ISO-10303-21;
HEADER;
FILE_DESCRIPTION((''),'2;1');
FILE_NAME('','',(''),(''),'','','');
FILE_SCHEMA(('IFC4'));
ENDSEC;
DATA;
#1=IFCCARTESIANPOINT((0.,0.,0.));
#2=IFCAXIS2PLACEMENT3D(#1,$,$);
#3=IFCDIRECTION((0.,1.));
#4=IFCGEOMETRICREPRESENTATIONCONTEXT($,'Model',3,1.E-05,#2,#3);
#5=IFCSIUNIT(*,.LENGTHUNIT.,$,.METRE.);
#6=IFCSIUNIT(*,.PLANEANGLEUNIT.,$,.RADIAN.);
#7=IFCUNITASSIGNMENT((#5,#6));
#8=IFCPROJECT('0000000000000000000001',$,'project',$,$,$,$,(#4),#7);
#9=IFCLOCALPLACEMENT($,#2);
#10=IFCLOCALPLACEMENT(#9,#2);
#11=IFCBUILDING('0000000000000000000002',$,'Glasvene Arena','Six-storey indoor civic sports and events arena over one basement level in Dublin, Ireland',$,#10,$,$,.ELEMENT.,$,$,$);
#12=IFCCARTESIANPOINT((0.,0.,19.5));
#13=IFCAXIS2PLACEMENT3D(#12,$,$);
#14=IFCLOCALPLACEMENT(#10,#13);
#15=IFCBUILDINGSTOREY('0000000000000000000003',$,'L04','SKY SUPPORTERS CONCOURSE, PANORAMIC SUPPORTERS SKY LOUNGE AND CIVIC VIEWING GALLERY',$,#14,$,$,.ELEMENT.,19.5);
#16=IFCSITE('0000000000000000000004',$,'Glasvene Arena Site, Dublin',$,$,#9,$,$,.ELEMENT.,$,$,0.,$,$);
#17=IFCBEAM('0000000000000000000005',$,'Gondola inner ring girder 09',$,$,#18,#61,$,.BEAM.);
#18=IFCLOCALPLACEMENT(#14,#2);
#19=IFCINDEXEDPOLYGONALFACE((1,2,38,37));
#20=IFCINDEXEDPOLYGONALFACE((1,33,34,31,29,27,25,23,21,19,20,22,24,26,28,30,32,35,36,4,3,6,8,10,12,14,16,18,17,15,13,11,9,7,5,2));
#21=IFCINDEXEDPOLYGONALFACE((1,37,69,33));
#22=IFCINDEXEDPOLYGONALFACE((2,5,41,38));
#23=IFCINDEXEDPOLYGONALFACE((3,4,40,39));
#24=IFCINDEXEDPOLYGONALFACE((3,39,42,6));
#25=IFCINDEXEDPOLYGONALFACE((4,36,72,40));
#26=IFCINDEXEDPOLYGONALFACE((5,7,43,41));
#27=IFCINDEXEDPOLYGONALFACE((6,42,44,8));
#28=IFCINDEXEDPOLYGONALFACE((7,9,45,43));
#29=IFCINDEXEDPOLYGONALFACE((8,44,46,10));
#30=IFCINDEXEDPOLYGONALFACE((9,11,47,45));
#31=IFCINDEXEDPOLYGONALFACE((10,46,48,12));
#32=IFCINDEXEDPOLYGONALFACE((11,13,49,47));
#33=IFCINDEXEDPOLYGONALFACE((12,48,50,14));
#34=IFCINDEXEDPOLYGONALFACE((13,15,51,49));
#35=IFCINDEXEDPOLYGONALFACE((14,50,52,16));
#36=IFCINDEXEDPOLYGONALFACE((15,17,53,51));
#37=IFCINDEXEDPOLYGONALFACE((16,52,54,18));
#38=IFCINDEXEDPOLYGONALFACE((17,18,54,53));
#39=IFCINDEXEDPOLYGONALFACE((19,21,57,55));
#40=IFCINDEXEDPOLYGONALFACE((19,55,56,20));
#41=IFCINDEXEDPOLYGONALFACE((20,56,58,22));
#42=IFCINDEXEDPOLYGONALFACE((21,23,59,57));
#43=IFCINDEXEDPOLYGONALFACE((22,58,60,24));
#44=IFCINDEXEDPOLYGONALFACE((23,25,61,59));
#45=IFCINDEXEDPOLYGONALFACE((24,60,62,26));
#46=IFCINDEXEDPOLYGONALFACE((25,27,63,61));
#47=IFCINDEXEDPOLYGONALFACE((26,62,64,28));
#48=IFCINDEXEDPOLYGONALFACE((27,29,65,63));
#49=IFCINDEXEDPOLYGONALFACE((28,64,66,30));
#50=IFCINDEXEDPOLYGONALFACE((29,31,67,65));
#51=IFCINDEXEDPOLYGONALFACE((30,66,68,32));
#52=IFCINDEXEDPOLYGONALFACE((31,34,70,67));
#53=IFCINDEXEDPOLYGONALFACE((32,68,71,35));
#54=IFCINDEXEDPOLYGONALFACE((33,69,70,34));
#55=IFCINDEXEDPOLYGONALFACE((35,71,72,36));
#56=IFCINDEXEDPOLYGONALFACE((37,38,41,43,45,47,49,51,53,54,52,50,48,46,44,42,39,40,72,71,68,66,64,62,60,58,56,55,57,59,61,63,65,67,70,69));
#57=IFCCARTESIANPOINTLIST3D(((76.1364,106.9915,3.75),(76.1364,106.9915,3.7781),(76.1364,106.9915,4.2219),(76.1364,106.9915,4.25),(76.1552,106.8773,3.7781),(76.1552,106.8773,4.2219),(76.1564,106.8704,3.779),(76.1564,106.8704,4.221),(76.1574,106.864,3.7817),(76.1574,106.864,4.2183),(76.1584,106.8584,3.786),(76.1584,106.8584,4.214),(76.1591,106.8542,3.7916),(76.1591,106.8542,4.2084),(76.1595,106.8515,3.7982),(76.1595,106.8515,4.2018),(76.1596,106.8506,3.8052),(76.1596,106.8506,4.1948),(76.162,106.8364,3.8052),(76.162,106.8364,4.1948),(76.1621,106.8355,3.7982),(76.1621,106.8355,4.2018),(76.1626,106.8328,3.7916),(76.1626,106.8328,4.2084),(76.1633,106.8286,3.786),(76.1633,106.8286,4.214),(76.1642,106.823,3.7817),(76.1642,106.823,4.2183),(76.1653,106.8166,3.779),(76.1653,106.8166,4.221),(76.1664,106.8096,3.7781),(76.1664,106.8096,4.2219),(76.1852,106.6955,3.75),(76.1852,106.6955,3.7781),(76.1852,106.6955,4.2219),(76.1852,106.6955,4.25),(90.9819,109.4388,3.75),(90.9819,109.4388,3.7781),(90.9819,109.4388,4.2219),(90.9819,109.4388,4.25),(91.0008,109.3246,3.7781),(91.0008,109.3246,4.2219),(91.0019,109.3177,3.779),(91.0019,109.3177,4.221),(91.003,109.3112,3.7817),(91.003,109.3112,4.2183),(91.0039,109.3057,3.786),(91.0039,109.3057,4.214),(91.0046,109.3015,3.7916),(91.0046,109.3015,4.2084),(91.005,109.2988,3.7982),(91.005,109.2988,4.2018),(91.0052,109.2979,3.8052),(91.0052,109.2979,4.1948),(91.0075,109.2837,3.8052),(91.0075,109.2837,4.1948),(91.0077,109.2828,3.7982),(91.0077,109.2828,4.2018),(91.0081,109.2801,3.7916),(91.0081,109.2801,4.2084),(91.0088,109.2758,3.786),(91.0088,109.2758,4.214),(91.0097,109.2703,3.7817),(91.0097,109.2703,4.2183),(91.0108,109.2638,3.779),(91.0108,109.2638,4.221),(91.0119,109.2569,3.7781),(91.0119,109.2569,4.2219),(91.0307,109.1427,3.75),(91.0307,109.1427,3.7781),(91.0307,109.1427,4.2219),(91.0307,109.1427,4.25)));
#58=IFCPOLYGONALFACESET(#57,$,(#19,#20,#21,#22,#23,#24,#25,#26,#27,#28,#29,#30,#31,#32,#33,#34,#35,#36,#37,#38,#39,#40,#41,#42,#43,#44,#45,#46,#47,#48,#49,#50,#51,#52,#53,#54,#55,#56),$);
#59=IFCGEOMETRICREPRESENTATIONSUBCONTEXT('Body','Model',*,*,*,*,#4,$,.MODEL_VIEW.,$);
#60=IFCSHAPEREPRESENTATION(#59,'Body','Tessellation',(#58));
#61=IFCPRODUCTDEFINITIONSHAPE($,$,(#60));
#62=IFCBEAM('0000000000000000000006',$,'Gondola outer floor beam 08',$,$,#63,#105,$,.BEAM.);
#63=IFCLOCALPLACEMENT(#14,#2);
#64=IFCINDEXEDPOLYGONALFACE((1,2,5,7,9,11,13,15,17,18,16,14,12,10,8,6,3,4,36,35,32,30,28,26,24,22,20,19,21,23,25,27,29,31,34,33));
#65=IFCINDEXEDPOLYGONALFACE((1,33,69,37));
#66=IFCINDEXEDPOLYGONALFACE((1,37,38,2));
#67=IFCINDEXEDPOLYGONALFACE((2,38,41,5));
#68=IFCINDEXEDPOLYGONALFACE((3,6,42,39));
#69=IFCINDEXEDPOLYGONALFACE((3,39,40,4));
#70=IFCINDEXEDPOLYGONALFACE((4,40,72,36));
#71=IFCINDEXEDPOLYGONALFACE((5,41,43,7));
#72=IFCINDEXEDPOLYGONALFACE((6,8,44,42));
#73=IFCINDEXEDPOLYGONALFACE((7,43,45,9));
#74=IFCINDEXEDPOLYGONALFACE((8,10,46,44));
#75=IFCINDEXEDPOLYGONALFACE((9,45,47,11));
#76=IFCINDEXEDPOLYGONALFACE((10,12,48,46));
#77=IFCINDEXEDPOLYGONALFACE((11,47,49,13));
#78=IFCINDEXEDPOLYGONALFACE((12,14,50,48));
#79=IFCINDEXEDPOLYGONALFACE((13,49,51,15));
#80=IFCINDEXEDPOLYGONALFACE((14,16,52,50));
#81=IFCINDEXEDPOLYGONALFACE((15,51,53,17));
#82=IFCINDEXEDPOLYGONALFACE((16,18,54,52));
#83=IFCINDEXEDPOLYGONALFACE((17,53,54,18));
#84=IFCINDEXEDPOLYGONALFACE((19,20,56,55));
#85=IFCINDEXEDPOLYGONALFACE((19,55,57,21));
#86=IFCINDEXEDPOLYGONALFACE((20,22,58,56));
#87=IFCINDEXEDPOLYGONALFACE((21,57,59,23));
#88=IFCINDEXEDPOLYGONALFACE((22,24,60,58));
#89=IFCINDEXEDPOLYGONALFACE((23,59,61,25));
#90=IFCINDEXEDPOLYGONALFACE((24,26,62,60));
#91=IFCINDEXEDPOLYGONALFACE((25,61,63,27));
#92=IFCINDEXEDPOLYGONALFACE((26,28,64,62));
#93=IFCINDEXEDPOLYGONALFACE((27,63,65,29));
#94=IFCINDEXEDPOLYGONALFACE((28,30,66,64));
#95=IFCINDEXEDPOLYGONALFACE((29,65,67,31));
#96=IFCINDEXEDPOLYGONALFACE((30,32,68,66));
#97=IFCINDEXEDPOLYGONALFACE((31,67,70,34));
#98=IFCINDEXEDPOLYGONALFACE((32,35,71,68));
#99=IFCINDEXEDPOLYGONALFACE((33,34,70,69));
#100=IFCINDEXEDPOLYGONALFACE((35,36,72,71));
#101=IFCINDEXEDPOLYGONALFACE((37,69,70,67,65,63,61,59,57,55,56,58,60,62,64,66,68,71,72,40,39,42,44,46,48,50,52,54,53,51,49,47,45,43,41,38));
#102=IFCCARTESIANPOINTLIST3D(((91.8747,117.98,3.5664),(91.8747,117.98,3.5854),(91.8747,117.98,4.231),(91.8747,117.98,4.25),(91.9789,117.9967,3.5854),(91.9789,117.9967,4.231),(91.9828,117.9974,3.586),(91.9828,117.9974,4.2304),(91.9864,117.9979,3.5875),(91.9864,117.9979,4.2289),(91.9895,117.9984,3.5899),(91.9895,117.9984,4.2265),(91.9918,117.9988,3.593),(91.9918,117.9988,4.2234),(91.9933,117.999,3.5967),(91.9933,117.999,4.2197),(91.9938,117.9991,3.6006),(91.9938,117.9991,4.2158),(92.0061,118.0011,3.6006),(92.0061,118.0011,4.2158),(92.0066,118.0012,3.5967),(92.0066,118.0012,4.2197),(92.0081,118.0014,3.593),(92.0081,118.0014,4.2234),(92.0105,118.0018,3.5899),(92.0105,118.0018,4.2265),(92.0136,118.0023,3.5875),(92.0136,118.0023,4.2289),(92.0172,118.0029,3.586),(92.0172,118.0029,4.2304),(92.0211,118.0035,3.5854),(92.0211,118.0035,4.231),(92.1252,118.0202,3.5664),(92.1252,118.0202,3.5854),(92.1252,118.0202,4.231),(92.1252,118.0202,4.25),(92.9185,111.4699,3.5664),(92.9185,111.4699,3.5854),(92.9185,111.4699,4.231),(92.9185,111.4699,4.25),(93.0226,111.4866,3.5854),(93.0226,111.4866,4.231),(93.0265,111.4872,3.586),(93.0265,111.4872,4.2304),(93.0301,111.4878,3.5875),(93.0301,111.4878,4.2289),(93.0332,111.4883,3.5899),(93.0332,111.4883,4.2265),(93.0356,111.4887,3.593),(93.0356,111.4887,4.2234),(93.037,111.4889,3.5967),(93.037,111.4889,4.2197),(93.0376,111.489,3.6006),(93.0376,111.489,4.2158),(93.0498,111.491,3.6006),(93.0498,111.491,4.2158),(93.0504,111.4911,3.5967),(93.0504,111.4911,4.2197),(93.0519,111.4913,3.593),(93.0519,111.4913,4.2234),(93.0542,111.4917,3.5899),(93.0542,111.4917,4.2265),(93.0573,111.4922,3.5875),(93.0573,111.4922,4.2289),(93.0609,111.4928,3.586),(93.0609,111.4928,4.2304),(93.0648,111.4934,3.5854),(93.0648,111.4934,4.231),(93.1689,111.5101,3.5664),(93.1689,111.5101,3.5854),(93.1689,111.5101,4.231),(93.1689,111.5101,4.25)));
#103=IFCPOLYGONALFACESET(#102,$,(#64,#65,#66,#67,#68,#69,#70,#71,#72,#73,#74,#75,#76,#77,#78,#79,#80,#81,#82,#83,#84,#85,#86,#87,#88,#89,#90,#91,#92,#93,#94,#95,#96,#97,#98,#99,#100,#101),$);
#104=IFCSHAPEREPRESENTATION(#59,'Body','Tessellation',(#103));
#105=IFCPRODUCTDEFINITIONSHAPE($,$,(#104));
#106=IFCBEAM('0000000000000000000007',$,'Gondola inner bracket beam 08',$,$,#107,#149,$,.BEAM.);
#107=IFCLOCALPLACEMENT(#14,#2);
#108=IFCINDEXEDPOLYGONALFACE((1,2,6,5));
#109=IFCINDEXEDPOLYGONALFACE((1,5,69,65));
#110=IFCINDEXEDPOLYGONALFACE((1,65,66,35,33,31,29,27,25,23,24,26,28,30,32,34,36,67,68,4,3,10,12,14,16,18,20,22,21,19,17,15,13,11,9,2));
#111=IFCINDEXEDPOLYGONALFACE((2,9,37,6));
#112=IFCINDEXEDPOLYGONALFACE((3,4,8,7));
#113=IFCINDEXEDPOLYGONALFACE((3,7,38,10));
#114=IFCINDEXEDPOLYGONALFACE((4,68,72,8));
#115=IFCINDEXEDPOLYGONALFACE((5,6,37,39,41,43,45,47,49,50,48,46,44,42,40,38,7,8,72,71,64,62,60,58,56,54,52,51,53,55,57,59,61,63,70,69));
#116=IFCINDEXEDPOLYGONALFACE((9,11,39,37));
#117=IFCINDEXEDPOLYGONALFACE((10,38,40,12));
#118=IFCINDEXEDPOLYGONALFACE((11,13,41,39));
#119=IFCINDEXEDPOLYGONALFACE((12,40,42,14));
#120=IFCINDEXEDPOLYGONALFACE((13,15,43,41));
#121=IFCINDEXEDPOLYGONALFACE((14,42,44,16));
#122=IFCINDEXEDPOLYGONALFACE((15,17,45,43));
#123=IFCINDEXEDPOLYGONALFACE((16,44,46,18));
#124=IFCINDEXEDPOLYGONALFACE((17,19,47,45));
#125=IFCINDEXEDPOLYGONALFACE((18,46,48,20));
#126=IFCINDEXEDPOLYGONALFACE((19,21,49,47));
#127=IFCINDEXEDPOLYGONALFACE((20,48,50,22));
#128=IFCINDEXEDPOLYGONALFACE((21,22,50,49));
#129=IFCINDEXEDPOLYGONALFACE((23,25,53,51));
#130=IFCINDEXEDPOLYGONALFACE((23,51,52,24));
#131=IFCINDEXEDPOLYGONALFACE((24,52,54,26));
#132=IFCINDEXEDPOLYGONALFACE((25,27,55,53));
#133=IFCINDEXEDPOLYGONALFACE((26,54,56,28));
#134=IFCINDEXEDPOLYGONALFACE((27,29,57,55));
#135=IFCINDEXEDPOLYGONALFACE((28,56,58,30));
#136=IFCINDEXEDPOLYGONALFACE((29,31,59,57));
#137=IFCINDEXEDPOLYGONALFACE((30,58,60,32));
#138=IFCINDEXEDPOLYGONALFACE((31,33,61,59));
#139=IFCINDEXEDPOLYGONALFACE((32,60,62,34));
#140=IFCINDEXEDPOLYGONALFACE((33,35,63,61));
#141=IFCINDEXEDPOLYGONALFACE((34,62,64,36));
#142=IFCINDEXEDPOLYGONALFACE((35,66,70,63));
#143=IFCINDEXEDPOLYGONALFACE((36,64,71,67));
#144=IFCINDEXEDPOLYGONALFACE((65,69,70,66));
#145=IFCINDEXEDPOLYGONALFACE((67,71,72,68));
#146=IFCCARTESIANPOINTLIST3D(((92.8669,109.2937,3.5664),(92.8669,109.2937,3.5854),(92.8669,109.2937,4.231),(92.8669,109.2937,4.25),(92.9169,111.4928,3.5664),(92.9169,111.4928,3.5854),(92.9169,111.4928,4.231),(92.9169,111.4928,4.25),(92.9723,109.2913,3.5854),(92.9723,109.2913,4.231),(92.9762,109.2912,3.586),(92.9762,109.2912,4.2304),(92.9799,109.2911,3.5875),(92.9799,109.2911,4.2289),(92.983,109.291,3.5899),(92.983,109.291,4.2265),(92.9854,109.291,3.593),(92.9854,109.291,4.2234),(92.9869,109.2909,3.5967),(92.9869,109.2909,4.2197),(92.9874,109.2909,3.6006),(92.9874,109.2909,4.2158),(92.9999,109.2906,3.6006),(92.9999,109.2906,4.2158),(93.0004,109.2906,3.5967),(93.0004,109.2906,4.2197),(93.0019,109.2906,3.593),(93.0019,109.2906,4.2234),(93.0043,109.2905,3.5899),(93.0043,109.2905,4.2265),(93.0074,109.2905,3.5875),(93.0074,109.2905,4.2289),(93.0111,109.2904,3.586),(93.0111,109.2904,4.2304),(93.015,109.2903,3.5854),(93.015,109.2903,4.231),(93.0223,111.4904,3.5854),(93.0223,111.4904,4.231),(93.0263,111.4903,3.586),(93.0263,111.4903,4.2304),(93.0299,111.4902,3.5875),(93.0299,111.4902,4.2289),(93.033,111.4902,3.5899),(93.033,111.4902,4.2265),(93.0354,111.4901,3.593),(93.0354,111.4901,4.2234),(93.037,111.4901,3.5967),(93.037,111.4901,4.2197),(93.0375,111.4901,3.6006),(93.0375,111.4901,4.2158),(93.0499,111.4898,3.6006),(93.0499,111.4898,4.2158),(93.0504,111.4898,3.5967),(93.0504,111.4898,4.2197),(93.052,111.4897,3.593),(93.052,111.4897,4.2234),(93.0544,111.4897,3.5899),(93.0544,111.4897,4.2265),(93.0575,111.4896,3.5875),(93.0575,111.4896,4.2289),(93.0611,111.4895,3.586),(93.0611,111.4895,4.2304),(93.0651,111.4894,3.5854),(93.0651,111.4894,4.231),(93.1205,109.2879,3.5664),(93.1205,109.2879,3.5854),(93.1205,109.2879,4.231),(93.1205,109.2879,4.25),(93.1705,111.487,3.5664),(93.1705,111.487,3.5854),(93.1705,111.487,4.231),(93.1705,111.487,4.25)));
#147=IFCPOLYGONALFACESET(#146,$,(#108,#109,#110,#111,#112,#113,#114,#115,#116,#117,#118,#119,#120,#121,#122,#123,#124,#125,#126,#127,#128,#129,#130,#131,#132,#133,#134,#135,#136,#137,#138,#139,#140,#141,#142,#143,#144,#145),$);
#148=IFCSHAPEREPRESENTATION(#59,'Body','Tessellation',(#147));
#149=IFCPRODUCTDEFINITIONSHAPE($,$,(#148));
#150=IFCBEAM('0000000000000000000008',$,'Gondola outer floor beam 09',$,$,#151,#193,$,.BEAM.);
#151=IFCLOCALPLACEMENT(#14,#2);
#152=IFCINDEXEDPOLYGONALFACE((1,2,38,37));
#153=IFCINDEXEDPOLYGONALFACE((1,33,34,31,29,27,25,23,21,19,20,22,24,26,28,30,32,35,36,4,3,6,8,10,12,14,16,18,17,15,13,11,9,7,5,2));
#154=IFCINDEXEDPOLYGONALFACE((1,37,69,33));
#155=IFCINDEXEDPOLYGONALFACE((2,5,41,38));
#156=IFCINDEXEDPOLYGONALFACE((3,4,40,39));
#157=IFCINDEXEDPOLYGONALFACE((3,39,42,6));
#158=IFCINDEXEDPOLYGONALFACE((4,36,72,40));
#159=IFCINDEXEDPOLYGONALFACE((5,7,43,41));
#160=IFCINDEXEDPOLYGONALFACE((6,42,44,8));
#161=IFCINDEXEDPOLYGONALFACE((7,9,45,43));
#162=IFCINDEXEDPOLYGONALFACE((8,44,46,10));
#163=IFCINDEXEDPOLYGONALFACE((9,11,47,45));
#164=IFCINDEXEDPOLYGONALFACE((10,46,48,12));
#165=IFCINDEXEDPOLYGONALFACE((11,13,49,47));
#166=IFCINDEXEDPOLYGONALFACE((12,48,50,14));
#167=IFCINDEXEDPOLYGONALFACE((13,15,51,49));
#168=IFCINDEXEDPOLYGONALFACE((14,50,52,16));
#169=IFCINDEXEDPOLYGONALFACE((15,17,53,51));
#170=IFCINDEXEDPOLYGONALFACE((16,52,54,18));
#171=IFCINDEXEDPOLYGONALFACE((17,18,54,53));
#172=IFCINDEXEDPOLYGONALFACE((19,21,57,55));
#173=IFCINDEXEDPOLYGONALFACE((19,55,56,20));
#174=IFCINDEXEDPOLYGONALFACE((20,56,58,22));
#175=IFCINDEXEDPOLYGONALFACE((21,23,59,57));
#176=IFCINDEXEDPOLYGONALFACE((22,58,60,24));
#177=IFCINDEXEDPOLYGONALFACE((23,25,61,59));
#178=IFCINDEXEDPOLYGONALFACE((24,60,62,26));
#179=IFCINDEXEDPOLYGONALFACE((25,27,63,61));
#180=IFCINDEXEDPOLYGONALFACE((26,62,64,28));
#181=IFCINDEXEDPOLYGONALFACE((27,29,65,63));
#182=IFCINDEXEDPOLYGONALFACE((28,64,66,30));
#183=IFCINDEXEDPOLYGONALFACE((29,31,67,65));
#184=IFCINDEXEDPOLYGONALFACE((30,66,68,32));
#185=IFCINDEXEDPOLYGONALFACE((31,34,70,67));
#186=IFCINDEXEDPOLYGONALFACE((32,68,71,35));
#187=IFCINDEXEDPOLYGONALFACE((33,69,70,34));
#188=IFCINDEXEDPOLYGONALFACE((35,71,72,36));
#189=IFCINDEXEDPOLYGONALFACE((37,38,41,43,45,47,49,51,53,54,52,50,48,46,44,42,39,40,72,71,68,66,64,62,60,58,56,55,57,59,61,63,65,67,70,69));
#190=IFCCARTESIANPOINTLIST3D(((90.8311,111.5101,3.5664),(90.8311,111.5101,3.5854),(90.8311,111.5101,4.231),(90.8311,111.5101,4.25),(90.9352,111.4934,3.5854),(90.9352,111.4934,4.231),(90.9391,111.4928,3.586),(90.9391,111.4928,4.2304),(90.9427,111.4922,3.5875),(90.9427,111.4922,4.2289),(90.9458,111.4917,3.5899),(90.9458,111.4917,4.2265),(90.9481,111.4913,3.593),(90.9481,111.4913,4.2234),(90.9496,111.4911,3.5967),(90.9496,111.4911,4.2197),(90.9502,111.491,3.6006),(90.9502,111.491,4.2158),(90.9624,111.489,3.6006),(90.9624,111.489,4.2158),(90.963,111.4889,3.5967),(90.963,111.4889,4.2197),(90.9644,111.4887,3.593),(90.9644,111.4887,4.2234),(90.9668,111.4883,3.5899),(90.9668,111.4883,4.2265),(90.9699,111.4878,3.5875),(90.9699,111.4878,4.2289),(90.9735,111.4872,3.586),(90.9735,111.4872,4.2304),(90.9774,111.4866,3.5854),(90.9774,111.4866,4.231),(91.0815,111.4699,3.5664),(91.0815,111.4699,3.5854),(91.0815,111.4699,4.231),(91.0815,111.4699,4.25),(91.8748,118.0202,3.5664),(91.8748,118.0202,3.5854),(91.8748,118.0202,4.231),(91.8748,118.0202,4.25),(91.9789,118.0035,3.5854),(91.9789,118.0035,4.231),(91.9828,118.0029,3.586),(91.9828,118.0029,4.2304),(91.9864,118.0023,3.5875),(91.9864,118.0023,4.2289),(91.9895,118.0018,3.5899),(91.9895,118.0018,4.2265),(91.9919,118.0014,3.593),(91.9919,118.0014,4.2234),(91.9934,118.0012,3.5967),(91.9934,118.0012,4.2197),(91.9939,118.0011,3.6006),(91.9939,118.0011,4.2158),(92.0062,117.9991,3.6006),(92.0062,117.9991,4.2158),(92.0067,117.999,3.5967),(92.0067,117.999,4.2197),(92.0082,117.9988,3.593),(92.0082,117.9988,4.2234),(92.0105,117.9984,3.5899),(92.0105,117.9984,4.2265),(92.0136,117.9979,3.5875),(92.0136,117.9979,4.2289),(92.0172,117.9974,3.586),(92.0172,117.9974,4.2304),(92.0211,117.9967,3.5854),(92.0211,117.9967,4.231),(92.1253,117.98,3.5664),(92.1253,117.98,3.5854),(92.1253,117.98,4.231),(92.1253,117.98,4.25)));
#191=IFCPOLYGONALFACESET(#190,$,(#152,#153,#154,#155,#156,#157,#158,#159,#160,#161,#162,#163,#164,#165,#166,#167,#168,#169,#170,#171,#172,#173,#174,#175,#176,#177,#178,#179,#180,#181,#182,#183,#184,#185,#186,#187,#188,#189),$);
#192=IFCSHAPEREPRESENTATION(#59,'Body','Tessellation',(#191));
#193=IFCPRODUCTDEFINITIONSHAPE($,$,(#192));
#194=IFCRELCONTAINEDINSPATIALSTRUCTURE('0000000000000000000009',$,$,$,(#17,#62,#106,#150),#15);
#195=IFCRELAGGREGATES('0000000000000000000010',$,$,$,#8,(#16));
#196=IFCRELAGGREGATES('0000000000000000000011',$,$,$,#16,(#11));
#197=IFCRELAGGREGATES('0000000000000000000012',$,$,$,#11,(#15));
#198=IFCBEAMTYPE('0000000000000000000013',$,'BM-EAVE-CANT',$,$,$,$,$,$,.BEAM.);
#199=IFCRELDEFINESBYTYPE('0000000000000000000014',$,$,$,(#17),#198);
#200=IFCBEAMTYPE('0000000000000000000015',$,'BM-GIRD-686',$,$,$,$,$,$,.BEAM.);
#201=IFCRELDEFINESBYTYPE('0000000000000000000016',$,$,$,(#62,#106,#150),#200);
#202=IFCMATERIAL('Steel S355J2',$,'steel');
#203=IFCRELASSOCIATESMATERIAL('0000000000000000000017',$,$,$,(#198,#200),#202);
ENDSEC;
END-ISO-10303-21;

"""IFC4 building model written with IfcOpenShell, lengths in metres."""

from ifc_helpers import new_model, si_unit, direction, frame, origin, origin_2d, place, context, subcontext, project, spatial, i_section, extrude, material, material_profile, profile_set, type_object, element, save


model = new_model("IFC4")

# Units and contexts
model_context = context("Model", 3, precision=1e-05, world=origin(), true_north=direction((0.0, 1.0)))
body_context = subcontext(model_context, "Body", "Model", "MODEL_VIEW")
ifc_project = project(units=[si_unit("LENGTHUNIT", "METRE"), si_unit("PLANEANGLEUNIT", "RADIAN")], contexts=[model_context])

# Site, building, storey
site_placement = place(None, origin())
site = spatial("IfcSite", under=ifc_project, at=site_placement, Name="Glasvene Arena Site, Dublin", CompositionType="ELEMENT", RefElevation=0.0)
building_placement = place(site_placement, origin())
building = spatial("IfcBuilding", under=site, at=building_placement, Name="Glasvene Arena", Description="Six-storey indoor civic sports and events arena over one basement level in Dublin, Ireland", CompositionType="ELEMENT")
storey_placement = place(building_placement, frame((0.0, 0.0, 19.5)))
storey = spatial("IfcBuildingStorey", under=building, at=storey_placement, Name="L04", Description="SKY SUPPORTERS CONCOURSE, PANORAMIC SUPPORTERS SKY LOUNGE AND CIVIC VIEWING GALLERY", CompositionType="ELEMENT", Elevation=19.5)

# Shared definitions
ifc_material_1 = material(Name="Steel S355J2", Category="steel")

# Beams
ifc_material_profile_1 = material_profile(ifc_material_1, i_section(OverallWidth=0.3, OverallDepth=0.5, WebThickness=0.0144, FlangeThickness=0.0281, FilletRadius=0.0271, at=origin_2d()), Name="HEB 500")
ifc_profile_set_1 = profile_set([ifc_material_profile_1], Name="Steel S355J2")
beam_type_1 = type_object("IfcBeamType", Name="BM-EAVE-CANT", PredefinedType="BEAM", material=ifc_profile_set_1)
beam_1_placement = place(storey_placement, frame((91.0063, 109.2908, 4.0), z_axis=(-0.986683, -0.162654, 0.0), x_axis=(0.162654, -0.986683, 0.0)))
element("IfcBeam", 1, at=beam_1_placement, inside=storey, type_object=beam_type_1, Name="Gondola inner ring girder 09", PredefinedType="BEAM", context=body_context, shape_type="SweptSolid", body=[
    extrude(i_section(OverallWidth=0.3, OverallDepth=0.5, WebThickness=0.0144, FlangeThickness=0.0281, FilletRadius=0.0271, at=origin_2d()), origin(), (0.0, 0.0, 1.0), 15.0459),
])
ifc_material_profile_2 = material_profile(ifc_material_1, i_section(OverallWidth=0.2537, OverallDepth=0.6836, WebThickness=0.0125, FlangeThickness=0.019, FilletRadius=0.0151, at=origin_2d()), Name="UKB 686x254x140")
ifc_profile_set_2 = profile_set([ifc_material_profile_2], Name="Steel S355J2")
beam_type_2 = type_object("IfcBeamType", Name="BM-GIRD-686", PredefinedType="BEAM", material=ifc_profile_set_2)
beam_2_placement = place(storey_placement, frame((93.0437, 111.49, 3.9082), z_axis=(-0.158301, 0.987391, 0.0), x_axis=(-0.987391, -0.158301, 0.0)))
element("IfcBeam", 2, at=beam_2_placement, inside=storey, type_object=beam_type_2, Name="Gondola outer floor beam 08", PredefinedType="BEAM", context=body_context, shape_type="SweptSolid", body=[
    extrude(i_section(OverallWidth=0.2537, OverallDepth=0.6836, WebThickness=0.0125, FlangeThickness=0.019, FilletRadius=0.0151, at=origin_2d()), origin(), (0.0, 0.0, 1.0), 6.5933),
])
beam_3_placement = place(storey_placement, frame((92.9937, 109.2908, 3.9082), z_axis=(0.022752, 0.999741, 0.0), x_axis=(-0.999741, 0.022752, 0.0)))
element("IfcBeam", 3, at=beam_3_placement, inside=storey, type_object=beam_type_2, Name="Gondola inner bracket beam 08", PredefinedType="BEAM", context=body_context, shape_type="SweptSolid", body=[
    extrude(i_section(OverallWidth=0.2537, OverallDepth=0.6836, WebThickness=0.0125, FlangeThickness=0.019, FilletRadius=0.0151, at=origin_2d()), origin(), (0.0, 0.0, 1.0), 2.1997),
])
beam_4_placement = place(storey_placement, frame((90.9563, 111.49, 3.9082), z_axis=(0.158301, 0.987391, 0.0), x_axis=(-0.987391, 0.158301, 0.0)))
element("IfcBeam", 4, at=beam_4_placement, inside=storey, type_object=beam_type_2, Name="Gondola outer floor beam 09", PredefinedType="BEAM", context=body_context, shape_type="SweptSolid", body=[
    extrude(i_section(OverallWidth=0.2537, OverallDepth=0.6836, WebThickness=0.0125, FlangeThickness=0.019, FilletRadius=0.0151, at=origin_2d()), origin(), (0.0, 0.0, 1.0), 6.5933),
])

save(model, "model.ifc")
